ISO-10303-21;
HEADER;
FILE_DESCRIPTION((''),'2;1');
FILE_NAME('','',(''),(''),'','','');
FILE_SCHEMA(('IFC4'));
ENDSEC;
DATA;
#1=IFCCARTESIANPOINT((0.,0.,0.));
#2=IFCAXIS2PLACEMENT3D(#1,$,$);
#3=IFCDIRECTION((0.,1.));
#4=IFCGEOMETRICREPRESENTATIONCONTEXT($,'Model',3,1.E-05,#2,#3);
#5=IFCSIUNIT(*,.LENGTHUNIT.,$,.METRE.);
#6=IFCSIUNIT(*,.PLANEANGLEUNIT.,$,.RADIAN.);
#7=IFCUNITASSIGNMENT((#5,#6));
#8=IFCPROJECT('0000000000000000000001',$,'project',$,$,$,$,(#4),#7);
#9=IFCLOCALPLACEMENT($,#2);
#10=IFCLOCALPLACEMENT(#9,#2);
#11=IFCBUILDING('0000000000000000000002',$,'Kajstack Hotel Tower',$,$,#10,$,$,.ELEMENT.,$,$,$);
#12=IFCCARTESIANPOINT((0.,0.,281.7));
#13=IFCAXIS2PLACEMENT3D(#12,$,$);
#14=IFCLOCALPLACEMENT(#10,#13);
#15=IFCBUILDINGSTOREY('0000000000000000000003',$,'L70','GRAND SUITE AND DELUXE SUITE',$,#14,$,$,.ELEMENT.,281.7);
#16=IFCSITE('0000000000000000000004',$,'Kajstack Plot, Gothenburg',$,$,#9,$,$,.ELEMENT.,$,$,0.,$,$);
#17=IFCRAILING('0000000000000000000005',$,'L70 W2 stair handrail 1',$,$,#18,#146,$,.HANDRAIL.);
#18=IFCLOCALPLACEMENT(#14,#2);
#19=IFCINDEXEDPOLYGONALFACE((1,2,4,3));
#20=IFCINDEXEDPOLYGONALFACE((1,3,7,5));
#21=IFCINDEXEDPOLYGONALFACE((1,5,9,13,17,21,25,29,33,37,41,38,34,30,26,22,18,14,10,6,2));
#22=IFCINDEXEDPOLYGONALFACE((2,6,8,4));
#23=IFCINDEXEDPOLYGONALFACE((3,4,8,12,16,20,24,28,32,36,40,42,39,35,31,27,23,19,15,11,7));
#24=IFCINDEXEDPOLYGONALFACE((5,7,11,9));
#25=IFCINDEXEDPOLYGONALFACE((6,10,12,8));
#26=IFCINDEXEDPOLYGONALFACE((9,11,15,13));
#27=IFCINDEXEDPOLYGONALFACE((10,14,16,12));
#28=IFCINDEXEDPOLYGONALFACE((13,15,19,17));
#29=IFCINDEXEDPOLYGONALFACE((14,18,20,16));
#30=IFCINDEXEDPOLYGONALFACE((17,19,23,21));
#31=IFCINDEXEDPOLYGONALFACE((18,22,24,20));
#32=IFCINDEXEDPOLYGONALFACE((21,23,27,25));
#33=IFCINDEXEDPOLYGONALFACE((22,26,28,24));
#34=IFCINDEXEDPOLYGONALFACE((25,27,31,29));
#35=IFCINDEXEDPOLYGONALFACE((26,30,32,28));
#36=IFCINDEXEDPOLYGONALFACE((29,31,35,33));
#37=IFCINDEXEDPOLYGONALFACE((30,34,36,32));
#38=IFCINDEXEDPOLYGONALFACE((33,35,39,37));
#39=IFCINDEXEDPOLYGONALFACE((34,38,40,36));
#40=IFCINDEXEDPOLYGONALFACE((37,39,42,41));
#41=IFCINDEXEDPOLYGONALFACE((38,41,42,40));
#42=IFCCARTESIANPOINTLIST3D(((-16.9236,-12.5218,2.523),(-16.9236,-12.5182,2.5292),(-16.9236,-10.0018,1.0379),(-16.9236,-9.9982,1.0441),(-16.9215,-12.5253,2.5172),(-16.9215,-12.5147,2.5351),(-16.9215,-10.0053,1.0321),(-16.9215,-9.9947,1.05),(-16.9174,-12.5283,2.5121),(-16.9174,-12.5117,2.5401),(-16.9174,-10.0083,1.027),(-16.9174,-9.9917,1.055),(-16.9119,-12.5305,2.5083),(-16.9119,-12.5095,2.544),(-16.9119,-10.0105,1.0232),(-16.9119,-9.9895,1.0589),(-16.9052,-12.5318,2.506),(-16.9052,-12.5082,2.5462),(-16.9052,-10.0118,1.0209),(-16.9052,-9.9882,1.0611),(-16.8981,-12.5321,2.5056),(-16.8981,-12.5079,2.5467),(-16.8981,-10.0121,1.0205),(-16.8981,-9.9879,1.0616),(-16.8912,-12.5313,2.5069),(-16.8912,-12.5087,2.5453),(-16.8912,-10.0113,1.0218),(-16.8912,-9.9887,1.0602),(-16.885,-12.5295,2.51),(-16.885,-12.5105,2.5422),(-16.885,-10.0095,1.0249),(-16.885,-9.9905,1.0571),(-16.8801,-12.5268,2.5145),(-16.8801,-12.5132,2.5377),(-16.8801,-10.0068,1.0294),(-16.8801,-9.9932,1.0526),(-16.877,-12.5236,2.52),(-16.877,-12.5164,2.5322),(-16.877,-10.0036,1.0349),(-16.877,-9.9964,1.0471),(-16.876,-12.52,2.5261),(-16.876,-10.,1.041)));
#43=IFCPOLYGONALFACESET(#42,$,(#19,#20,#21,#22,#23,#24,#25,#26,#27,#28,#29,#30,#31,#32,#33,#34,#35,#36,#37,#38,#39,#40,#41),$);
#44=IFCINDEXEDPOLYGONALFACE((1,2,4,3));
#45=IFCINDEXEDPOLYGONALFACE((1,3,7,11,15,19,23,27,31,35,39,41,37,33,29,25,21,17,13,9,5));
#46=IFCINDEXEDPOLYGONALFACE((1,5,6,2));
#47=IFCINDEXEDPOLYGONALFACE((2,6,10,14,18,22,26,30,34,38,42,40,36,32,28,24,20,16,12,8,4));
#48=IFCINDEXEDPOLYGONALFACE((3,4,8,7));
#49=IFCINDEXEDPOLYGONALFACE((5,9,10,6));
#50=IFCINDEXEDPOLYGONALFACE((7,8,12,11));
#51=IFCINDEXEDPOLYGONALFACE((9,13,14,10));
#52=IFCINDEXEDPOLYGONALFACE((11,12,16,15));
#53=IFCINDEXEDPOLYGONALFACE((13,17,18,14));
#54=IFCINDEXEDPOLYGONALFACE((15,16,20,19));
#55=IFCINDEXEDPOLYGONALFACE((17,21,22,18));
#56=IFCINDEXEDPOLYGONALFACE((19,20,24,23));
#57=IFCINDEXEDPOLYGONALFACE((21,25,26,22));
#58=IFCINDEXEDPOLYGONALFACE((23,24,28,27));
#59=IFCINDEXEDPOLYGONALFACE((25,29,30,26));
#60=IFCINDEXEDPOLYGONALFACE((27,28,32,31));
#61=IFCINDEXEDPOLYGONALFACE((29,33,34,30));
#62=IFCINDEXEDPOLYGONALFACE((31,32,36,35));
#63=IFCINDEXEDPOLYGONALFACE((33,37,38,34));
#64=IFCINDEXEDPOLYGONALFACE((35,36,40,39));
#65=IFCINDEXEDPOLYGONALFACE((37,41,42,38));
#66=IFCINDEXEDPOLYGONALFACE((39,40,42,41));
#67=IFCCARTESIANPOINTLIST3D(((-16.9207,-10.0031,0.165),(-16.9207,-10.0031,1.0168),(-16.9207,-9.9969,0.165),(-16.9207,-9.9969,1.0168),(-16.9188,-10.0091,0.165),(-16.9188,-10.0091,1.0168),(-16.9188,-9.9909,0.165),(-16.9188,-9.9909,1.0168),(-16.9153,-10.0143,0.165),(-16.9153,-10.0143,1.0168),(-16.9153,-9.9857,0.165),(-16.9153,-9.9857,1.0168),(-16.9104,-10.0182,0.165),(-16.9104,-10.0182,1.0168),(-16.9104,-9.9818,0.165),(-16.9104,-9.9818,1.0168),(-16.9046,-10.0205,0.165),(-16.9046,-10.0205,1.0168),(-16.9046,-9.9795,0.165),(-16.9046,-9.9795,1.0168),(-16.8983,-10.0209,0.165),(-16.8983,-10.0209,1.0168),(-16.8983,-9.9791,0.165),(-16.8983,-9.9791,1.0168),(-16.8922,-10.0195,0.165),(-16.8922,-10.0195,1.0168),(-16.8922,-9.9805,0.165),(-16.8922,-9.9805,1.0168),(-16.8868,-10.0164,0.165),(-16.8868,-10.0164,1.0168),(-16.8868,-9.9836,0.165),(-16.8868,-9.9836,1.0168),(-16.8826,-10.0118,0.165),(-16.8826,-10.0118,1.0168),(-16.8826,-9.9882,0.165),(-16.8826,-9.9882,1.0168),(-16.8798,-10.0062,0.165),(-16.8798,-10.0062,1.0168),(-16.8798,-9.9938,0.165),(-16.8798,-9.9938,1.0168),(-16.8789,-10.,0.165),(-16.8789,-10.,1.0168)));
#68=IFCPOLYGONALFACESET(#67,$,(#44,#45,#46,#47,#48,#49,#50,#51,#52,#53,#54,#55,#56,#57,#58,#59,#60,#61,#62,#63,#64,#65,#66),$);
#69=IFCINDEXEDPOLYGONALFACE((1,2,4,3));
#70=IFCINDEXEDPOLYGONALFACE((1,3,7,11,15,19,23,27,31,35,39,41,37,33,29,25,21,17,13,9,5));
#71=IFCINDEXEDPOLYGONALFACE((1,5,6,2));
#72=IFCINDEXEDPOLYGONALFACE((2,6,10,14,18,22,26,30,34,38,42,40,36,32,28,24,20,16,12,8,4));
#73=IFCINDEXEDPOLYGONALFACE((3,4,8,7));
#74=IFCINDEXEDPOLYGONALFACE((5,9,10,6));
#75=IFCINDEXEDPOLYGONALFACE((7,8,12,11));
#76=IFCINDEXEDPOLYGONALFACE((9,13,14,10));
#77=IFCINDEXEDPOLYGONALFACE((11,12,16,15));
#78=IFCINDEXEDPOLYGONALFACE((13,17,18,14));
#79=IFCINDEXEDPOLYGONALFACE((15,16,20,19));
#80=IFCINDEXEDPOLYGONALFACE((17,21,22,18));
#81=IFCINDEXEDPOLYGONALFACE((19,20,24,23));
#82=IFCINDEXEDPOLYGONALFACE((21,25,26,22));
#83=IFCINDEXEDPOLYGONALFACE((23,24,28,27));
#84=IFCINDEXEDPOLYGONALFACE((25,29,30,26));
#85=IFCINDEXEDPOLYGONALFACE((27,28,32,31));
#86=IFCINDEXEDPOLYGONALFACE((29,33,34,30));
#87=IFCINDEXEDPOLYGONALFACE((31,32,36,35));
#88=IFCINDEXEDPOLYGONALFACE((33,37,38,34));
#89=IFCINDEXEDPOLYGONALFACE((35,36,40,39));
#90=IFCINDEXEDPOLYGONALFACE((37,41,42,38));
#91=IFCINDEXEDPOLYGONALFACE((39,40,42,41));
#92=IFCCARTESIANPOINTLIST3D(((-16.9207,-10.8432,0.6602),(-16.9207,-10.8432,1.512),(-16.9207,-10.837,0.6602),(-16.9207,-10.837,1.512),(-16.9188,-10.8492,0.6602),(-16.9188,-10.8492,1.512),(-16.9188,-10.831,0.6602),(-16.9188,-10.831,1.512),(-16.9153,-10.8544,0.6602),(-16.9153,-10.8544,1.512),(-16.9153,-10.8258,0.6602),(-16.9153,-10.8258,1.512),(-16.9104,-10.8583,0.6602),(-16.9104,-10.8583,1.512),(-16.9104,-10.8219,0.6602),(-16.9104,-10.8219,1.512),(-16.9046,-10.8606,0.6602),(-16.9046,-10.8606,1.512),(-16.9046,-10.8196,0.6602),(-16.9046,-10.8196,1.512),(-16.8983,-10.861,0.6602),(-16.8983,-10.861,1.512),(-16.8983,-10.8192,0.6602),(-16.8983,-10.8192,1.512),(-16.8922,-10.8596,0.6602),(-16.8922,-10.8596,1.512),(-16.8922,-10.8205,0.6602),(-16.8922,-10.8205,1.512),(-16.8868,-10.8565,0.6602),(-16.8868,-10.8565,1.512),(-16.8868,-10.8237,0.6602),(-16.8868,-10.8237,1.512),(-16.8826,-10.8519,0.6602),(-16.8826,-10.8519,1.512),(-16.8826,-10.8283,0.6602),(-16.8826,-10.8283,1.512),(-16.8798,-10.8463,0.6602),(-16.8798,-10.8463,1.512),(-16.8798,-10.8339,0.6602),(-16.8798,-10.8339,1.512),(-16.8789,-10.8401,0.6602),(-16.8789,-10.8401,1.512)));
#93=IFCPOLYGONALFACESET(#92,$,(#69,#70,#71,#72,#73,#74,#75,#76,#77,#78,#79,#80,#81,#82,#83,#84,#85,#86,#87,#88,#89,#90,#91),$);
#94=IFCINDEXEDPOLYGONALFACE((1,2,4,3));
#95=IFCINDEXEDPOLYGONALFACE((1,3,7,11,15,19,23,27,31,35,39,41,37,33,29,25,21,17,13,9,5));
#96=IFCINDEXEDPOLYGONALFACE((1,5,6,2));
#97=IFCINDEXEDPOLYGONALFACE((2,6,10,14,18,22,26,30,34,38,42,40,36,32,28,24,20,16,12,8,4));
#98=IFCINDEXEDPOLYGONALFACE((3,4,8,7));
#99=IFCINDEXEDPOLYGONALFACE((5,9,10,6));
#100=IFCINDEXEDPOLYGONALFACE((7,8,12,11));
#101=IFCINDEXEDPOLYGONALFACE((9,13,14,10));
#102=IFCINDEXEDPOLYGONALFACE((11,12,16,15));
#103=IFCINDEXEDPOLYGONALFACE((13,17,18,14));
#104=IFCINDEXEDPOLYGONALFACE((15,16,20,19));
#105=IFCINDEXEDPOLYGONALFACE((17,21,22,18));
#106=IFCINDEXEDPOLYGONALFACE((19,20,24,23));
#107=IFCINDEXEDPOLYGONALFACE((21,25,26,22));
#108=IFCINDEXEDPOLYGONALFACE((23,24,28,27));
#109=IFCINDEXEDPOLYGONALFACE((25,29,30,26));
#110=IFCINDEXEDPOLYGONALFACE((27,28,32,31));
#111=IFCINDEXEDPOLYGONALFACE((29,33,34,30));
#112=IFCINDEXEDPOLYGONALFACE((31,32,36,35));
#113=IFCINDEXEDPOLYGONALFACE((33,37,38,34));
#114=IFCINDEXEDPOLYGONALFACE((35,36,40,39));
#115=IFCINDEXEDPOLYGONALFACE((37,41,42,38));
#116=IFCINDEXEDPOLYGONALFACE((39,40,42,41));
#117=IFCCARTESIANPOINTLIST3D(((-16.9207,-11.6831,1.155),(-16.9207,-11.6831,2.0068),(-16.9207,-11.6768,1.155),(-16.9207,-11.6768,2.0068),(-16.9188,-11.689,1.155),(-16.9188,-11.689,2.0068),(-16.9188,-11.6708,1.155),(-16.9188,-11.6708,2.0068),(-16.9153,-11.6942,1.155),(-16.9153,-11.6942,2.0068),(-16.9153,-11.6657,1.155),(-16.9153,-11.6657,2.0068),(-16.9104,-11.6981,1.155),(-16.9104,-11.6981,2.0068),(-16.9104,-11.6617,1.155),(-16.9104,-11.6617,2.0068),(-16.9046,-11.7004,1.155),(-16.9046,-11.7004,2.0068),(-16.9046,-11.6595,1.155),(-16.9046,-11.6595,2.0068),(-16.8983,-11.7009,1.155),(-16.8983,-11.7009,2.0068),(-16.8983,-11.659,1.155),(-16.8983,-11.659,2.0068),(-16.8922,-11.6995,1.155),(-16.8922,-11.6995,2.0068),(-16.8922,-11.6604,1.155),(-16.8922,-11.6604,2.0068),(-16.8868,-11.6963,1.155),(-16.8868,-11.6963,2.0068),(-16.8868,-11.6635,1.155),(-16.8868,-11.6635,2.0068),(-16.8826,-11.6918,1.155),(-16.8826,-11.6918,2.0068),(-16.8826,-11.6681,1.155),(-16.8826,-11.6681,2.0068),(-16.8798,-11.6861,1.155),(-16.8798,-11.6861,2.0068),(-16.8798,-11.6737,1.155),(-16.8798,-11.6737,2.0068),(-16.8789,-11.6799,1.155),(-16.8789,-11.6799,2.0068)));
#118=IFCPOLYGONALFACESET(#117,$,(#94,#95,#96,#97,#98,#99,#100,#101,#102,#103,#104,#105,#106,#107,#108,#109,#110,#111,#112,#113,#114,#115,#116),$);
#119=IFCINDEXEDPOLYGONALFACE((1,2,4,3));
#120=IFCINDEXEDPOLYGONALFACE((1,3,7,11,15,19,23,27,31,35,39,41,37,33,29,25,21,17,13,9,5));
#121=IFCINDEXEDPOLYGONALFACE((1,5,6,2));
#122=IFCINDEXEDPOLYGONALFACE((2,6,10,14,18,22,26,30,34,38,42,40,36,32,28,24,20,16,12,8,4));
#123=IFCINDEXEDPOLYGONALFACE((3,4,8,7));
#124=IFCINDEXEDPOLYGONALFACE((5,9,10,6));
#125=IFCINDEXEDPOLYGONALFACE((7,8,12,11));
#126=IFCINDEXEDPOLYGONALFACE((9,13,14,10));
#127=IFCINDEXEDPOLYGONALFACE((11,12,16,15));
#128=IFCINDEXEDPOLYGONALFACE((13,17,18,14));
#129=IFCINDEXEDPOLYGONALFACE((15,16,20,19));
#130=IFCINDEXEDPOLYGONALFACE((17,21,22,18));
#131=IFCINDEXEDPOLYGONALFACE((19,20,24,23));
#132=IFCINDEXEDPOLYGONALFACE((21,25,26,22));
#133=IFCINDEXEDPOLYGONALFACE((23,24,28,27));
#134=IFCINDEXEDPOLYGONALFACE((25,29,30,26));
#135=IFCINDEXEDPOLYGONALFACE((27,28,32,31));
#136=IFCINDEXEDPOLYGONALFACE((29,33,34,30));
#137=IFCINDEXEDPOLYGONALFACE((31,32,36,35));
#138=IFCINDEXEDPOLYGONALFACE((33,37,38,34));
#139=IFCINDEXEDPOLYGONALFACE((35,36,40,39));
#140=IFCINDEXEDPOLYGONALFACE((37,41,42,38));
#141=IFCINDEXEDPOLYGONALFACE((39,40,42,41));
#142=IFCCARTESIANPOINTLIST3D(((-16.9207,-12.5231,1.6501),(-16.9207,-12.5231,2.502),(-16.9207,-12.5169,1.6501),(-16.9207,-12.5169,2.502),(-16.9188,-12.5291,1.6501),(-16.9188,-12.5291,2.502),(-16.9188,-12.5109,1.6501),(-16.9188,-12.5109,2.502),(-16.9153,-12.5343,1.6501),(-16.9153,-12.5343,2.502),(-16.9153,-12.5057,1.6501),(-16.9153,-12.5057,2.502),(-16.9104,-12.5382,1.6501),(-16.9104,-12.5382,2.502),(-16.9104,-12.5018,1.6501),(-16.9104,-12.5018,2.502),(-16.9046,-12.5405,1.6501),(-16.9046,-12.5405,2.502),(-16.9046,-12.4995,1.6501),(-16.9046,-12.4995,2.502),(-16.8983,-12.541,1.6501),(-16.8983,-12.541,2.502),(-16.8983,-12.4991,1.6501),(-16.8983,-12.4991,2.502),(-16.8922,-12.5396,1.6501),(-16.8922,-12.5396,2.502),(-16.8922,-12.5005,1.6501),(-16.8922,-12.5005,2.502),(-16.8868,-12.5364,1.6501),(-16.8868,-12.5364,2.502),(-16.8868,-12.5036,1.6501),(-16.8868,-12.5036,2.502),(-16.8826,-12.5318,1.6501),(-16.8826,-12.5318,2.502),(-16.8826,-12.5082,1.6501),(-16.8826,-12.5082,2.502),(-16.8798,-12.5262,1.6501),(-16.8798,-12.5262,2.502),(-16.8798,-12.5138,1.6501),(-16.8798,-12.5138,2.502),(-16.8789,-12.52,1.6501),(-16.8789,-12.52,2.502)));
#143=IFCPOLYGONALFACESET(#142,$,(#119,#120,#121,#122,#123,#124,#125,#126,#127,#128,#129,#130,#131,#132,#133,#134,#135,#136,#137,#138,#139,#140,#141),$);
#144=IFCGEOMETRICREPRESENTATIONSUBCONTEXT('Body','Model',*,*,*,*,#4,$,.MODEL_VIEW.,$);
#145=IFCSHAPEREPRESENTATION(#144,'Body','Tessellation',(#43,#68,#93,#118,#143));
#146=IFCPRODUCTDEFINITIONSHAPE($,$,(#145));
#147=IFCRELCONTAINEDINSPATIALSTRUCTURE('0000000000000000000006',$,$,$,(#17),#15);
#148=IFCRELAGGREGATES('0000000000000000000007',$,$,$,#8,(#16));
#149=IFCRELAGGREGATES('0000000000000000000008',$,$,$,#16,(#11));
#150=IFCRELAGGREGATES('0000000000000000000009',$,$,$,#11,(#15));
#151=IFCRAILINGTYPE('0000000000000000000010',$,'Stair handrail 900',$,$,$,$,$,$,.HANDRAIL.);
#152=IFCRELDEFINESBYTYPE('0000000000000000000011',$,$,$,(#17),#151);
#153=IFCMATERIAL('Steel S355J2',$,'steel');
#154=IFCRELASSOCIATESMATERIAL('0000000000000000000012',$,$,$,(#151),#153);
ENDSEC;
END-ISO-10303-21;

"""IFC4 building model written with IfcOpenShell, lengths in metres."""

from ifc_helpers import new_model, si_unit, direction, frame, origin, origin_2d, place, context, subcontext, project, spatial, circle, extrude, material, type_object, element, save


model = new_model("IFC4")

# Units and contexts
model_context = context("Model", 3, precision=1e-05, world=origin(), true_north=direction((0.0, 1.0)))
body_context = subcontext(model_context, "Body", "Model", "MODEL_VIEW")
ifc_project = project(units=[si_unit("LENGTHUNIT", "METRE"), si_unit("PLANEANGLEUNIT", "RADIAN")], contexts=[model_context])

# Site, building, storey
site_placement = place(None, origin())
site = spatial("IfcSite", under=ifc_project, at=site_placement, Name="Kajstack Plot, Gothenburg", CompositionType="ELEMENT", RefElevation=0.0)
building_placement = place(site_placement, origin())
building = spatial("IfcBuilding", under=site, at=building_placement, Name="Kajstack Hotel Tower", CompositionType="ELEMENT")
storey_placement = place(building_placement, frame((0.0, 0.0, 281.7)))
storey = spatial("IfcBuildingStorey", under=building, at=storey_placement, Name="L70", Description="GRAND SUITE AND DELUXE SUITE", CompositionType="ELEMENT", Elevation=281.7)

# Railing
ifc_material_1 = material(Name="Steel S355J2", Category="steel")
railing_type_1 = type_object("IfcRailingType", Name="Stair handrail 900", PredefinedType="HANDRAIL", material=ifc_material_1)
railing_1_placement = place(storey_placement, frame((-16.8999, -10.0, 0.165)))
element("IfcRailing", 1, at=railing_1_placement, inside=storey, type_object=railing_type_1, Name="L70 W2 stair handrail 1", PredefinedType="HANDRAIL", context=body_context, shape_type="SweptSolid", body=[
    extrude(circle(Radius=0.0239, at=origin_2d()), frame((0.0, 0.0, 0.876), z_axis=(0.0, -0.861524, 0.507717), x_axis=(1.0, 0.0, 0.0)), (0.0, 0.0, 1.0), 2.925),
    extrude(circle(Radius=0.021, at=origin_2d()), origin(), (0.0, 0.0, 1.0), 0.8518),
    extrude(circle(Radius=0.021, at=origin_2d()), frame((0.0, -0.8401, 0.4951)), (0.0, 0.0, 1.0), 0.8518),
    extrude(circle(Radius=0.021, at=origin_2d()), frame((0.0, -1.6799, 0.99)), (0.0, 0.0, 1.0), 0.8518),
    extrude(circle(Radius=0.021, at=origin_2d()), frame((0.0, -2.52, 1.4851)), (0.0, 0.0, 1.0), 0.8518),
])

save(model, "model.ifc")
